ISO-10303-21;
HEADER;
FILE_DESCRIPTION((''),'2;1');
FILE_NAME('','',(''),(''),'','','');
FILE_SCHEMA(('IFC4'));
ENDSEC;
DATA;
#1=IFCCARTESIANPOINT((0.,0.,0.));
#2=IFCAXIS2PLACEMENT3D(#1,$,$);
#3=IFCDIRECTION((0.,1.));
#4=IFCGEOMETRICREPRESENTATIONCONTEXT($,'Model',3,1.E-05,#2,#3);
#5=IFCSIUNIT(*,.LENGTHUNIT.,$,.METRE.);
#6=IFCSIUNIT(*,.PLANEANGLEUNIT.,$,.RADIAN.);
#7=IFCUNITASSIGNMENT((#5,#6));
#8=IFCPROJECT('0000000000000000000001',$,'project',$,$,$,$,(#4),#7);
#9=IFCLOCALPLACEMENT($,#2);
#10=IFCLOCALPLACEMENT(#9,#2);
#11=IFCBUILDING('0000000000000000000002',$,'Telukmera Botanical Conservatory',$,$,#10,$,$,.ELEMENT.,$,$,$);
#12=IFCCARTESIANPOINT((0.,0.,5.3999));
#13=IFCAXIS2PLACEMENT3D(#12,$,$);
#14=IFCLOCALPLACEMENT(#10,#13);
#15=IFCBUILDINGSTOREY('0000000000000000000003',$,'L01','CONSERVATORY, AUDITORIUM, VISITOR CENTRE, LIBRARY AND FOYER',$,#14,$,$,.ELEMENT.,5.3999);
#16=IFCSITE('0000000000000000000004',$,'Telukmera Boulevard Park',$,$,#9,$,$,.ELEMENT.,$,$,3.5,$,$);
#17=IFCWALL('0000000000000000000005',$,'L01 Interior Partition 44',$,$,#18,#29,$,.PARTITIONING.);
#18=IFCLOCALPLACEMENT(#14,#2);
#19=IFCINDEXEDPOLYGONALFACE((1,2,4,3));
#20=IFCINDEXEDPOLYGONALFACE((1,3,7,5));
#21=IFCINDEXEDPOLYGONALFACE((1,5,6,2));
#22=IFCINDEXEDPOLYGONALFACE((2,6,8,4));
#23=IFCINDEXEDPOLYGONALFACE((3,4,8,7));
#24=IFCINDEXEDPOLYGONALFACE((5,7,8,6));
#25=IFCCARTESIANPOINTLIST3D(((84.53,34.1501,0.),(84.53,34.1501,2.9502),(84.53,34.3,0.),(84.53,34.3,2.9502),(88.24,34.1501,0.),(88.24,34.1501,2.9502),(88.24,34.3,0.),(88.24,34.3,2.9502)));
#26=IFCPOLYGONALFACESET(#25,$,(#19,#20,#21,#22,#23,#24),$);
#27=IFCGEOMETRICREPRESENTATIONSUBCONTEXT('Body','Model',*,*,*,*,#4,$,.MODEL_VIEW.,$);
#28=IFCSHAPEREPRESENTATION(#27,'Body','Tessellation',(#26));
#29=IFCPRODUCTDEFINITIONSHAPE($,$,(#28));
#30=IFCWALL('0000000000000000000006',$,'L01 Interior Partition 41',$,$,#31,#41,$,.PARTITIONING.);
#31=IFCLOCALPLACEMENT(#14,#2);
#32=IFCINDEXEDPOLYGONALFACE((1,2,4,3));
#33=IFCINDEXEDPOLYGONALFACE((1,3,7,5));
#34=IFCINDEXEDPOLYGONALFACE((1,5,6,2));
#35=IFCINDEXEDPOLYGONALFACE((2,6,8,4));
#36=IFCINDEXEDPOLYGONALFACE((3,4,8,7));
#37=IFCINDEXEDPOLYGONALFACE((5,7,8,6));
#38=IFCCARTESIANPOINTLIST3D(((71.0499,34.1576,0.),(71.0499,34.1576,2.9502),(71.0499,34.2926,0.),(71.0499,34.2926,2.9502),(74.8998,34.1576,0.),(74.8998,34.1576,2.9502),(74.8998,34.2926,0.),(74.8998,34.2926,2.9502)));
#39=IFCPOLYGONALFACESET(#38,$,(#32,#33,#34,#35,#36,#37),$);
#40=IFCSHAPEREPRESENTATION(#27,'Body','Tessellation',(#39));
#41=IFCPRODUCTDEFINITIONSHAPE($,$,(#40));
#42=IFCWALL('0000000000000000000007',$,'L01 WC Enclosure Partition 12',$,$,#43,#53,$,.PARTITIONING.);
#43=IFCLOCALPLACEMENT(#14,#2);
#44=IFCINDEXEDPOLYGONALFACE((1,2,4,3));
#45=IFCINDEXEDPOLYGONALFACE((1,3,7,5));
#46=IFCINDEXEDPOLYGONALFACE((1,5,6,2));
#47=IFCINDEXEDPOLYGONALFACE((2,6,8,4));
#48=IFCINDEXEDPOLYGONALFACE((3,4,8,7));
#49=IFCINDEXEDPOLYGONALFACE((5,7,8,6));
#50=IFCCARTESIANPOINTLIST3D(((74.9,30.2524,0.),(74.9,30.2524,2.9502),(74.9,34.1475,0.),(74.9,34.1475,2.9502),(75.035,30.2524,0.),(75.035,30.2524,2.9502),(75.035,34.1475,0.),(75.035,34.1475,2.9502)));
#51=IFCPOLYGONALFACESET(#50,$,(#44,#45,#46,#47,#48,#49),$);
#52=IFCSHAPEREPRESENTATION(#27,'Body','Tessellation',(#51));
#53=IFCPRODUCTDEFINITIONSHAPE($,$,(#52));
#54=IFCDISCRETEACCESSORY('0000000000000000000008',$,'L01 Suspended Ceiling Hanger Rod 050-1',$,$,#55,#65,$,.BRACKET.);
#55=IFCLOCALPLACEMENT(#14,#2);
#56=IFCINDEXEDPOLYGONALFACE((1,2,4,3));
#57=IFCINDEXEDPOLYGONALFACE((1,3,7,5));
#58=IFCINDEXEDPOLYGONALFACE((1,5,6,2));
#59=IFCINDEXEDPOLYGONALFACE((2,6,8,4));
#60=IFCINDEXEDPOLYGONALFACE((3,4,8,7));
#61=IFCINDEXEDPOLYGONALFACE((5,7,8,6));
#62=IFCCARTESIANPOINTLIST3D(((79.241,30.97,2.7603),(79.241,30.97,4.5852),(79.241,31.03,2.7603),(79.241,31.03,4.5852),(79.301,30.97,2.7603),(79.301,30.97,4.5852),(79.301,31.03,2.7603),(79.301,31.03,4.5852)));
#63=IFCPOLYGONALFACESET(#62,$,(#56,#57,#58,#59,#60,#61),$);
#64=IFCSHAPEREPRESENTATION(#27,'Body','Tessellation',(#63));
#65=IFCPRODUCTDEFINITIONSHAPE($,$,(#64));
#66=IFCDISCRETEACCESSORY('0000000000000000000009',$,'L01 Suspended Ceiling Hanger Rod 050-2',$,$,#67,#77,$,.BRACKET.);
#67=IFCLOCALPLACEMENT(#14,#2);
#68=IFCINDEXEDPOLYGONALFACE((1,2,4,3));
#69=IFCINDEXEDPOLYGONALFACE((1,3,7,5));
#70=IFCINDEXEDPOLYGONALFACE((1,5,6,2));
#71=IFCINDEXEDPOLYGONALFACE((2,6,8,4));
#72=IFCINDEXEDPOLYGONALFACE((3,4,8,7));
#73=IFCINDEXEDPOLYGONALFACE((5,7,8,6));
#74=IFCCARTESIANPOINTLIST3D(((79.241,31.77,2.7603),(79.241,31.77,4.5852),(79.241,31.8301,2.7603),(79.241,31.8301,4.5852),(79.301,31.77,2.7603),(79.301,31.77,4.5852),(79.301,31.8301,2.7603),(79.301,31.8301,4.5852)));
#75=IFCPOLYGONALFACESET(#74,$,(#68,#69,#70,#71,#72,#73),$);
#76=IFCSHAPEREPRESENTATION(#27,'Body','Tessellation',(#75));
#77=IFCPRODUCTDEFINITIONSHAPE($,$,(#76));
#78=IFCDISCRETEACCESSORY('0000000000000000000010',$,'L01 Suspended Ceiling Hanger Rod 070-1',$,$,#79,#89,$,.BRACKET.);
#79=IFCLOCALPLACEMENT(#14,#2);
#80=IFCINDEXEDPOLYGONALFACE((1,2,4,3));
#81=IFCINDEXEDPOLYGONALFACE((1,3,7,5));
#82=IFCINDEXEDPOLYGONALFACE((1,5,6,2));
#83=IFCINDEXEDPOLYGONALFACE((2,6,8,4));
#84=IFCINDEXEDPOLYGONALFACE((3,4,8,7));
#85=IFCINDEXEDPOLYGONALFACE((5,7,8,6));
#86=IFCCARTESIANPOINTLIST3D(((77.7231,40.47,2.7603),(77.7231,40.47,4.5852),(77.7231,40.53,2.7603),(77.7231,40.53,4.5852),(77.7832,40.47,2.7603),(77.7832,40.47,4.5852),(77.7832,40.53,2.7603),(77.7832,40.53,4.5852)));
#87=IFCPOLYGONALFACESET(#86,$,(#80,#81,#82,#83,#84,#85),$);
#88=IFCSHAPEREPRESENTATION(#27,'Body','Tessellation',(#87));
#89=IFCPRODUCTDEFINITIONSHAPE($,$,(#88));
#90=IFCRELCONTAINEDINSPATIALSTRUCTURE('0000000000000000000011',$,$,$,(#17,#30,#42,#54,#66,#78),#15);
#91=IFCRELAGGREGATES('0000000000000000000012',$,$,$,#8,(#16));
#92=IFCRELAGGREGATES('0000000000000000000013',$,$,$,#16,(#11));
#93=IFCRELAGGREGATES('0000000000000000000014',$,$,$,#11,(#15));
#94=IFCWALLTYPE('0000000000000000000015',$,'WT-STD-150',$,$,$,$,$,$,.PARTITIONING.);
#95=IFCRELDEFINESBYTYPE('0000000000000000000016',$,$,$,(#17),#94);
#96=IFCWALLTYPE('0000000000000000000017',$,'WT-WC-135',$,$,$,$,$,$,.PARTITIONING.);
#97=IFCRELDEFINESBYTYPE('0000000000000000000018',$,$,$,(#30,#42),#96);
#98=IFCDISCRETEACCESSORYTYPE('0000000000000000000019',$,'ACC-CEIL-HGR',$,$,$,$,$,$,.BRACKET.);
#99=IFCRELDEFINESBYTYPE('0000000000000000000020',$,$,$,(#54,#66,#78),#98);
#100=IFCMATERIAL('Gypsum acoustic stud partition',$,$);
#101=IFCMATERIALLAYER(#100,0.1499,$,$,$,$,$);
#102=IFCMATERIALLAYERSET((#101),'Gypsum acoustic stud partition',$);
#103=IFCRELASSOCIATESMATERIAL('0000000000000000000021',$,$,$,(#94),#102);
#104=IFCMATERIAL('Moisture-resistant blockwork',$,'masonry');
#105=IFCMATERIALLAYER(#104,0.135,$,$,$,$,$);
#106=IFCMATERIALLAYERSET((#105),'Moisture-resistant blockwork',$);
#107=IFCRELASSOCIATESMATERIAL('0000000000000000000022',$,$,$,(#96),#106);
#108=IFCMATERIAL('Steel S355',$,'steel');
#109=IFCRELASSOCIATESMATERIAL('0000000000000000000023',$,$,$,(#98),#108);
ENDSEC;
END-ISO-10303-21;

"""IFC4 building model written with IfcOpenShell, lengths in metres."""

from ifc_helpers import new_model, si_unit, direction, frame, frame_2d, origin, origin_2d, place, context, subcontext, project, spatial, rectangle, extrude, material, layer, layer_set, type_object, element, save


model = new_model("IFC4")

# Units and contexts
model_context = context("Model", 3, precision=1e-05, world=origin(), true_north=direction((0.0, 1.0)))
body_context = subcontext(model_context, "Body", "Model", "MODEL_VIEW")
ifc_project = project(units=[si_unit("LENGTHUNIT", "METRE"), si_unit("PLANEANGLEUNIT", "RADIAN")], contexts=[model_context])

# Site, building, storey
site_placement = place(None, origin())
site = spatial("IfcSite", under=ifc_project, at=site_placement, Name="Telukmera Boulevard Park", CompositionType="ELEMENT", RefElevation=3.5)
building_placement = place(site_placement, origin())
building = spatial("IfcBuilding", under=site, at=building_placement, Name="Telukmera Botanical Conservatory", CompositionType="ELEMENT")
storey_placement = place(building_placement, frame((0.0, 0.0, 5.3999)))
storey = spatial("IfcBuildingStorey", under=building, at=storey_placement, Name="L01", Description="CONSERVATORY, AUDITORIUM, VISITOR CENTRE, LIBRARY AND FOYER", CompositionType="ELEMENT", Elevation=5.3999)

# Shared definitions
ifc_material_1 = material(Name="Gypsum acoustic stud partition")
ifc_layer_1 = layer(ifc_material_1, 0.1499)
ifc_layer_set_1 = layer_set([ifc_layer_1], Name="Gypsum acoustic stud partition")
wall_type_1 = type_object("IfcWallType", Name="WT-STD-150", PredefinedType="PARTITIONING", material=ifc_layer_set_1)

# Wall
wall_1_placement = place(storey_placement, frame((84.53, 34.2251, 0.0), z_axis=(0.0, 0.0, 1.0), x_axis=(1.0, 0.0, 0.0)))
element("IfcWall", 1, at=wall_1_placement, inside=storey, type_object=wall_type_1, Name="L01 Interior Partition 44", PredefinedType="PARTITIONING", context=body_context, shape_type="SweptSolid", body=[
    extrude(rectangle(XDim=3.71, YDim=0.1499, at=frame_2d((1.855, 0.0))), origin(), (0.0, 0.0, 1.0), 2.9502),
])

# Shared definitions
ifc_material_2 = material(Name="Moisture-resistant blockwork", Category="masonry")
ifc_layer_2 = layer(ifc_material_2, 0.135)
ifc_layer_set_2 = layer_set([ifc_layer_2], Name="Moisture-resistant blockwork")
wall_type_2 = type_object("IfcWallType", Name="WT-WC-135", PredefinedType="PARTITIONING", material=ifc_layer_set_2)

# Walls
wall_2_placement = place(storey_placement, frame((71.05, 34.2251, 0.0), z_axis=(0.0, 0.0, 1.0), x_axis=(1.0, 0.0, 0.0)))
element("IfcWall", 2, at=wall_2_placement, inside=storey, type_object=wall_type_2, Name="L01 Interior Partition 41", PredefinedType="PARTITIONING", context=body_context, shape_type="SweptSolid", body=[
    extrude(rectangle(XDim=3.8499, YDim=0.135, at=frame_2d((1.9248, 0.0))), origin(), (0.0, 0.0, 1.0), 2.9502),
])
wall_3_placement = place(storey_placement, frame((74.9675, 30.2524, 0.0), z_axis=(0.0, 0.0, 1.0), x_axis=(0.0, 1.0, 0.0)))
element("IfcWall", 3, at=wall_3_placement, inside=storey, type_object=wall_type_2, Name="L01 WC Enclosure Partition 12", PredefinedType="PARTITIONING", context=body_context, shape_type="SweptSolid", body=[
    extrude(rectangle(XDim=3.895, YDim=0.135, at=frame_2d((1.9475, 0.0))), origin(), (0.0, 0.0, 1.0), 2.9502),
])

# Discrete accessories
ifc_material_3 = material(Name="Steel S355", Category="steel")
discrete_accessory_type = type_object("IfcDiscreteAccessoryType", Name="ACC-CEIL-HGR", PredefinedType="BRACKET", material=ifc_material_3)
for number, where, z_axis, x_axis, name in (
    (4, (79.271, 31.0, 2.7603), (0.0, 0.0, 1.0), (1.0, 0.0, 0.0), "L01 Suspended Ceiling Hanger Rod 050-1"),
    (5, (79.271, 31.8, 2.7603), (0.0, 0.0, 1.0), (1.0, 0.0, 0.0), "L01 Suspended Ceiling Hanger Rod 050-2"),
    (6, (77.7532, 40.5, 2.7603), (0.0, 0.0, 1.0), (1.0, 0.0, 0.0), "L01 Suspended Ceiling Hanger Rod 070-1"),
):
    element("IfcDiscreteAccessory", number, at=place(storey_placement, frame(where, z_axis=z_axis, x_axis=x_axis)), inside=storey, type_object=discrete_accessory_type, Name=name, PredefinedType="BRACKET", context=body_context, shape_type="SweptSolid", body=[
        extrude(rectangle(XDim=0.0601, YDim=0.0601, at=origin_2d()), origin(), (0.0, 0.0, 1.0), 1.825),
    ])

save(model, "model.ifc")
